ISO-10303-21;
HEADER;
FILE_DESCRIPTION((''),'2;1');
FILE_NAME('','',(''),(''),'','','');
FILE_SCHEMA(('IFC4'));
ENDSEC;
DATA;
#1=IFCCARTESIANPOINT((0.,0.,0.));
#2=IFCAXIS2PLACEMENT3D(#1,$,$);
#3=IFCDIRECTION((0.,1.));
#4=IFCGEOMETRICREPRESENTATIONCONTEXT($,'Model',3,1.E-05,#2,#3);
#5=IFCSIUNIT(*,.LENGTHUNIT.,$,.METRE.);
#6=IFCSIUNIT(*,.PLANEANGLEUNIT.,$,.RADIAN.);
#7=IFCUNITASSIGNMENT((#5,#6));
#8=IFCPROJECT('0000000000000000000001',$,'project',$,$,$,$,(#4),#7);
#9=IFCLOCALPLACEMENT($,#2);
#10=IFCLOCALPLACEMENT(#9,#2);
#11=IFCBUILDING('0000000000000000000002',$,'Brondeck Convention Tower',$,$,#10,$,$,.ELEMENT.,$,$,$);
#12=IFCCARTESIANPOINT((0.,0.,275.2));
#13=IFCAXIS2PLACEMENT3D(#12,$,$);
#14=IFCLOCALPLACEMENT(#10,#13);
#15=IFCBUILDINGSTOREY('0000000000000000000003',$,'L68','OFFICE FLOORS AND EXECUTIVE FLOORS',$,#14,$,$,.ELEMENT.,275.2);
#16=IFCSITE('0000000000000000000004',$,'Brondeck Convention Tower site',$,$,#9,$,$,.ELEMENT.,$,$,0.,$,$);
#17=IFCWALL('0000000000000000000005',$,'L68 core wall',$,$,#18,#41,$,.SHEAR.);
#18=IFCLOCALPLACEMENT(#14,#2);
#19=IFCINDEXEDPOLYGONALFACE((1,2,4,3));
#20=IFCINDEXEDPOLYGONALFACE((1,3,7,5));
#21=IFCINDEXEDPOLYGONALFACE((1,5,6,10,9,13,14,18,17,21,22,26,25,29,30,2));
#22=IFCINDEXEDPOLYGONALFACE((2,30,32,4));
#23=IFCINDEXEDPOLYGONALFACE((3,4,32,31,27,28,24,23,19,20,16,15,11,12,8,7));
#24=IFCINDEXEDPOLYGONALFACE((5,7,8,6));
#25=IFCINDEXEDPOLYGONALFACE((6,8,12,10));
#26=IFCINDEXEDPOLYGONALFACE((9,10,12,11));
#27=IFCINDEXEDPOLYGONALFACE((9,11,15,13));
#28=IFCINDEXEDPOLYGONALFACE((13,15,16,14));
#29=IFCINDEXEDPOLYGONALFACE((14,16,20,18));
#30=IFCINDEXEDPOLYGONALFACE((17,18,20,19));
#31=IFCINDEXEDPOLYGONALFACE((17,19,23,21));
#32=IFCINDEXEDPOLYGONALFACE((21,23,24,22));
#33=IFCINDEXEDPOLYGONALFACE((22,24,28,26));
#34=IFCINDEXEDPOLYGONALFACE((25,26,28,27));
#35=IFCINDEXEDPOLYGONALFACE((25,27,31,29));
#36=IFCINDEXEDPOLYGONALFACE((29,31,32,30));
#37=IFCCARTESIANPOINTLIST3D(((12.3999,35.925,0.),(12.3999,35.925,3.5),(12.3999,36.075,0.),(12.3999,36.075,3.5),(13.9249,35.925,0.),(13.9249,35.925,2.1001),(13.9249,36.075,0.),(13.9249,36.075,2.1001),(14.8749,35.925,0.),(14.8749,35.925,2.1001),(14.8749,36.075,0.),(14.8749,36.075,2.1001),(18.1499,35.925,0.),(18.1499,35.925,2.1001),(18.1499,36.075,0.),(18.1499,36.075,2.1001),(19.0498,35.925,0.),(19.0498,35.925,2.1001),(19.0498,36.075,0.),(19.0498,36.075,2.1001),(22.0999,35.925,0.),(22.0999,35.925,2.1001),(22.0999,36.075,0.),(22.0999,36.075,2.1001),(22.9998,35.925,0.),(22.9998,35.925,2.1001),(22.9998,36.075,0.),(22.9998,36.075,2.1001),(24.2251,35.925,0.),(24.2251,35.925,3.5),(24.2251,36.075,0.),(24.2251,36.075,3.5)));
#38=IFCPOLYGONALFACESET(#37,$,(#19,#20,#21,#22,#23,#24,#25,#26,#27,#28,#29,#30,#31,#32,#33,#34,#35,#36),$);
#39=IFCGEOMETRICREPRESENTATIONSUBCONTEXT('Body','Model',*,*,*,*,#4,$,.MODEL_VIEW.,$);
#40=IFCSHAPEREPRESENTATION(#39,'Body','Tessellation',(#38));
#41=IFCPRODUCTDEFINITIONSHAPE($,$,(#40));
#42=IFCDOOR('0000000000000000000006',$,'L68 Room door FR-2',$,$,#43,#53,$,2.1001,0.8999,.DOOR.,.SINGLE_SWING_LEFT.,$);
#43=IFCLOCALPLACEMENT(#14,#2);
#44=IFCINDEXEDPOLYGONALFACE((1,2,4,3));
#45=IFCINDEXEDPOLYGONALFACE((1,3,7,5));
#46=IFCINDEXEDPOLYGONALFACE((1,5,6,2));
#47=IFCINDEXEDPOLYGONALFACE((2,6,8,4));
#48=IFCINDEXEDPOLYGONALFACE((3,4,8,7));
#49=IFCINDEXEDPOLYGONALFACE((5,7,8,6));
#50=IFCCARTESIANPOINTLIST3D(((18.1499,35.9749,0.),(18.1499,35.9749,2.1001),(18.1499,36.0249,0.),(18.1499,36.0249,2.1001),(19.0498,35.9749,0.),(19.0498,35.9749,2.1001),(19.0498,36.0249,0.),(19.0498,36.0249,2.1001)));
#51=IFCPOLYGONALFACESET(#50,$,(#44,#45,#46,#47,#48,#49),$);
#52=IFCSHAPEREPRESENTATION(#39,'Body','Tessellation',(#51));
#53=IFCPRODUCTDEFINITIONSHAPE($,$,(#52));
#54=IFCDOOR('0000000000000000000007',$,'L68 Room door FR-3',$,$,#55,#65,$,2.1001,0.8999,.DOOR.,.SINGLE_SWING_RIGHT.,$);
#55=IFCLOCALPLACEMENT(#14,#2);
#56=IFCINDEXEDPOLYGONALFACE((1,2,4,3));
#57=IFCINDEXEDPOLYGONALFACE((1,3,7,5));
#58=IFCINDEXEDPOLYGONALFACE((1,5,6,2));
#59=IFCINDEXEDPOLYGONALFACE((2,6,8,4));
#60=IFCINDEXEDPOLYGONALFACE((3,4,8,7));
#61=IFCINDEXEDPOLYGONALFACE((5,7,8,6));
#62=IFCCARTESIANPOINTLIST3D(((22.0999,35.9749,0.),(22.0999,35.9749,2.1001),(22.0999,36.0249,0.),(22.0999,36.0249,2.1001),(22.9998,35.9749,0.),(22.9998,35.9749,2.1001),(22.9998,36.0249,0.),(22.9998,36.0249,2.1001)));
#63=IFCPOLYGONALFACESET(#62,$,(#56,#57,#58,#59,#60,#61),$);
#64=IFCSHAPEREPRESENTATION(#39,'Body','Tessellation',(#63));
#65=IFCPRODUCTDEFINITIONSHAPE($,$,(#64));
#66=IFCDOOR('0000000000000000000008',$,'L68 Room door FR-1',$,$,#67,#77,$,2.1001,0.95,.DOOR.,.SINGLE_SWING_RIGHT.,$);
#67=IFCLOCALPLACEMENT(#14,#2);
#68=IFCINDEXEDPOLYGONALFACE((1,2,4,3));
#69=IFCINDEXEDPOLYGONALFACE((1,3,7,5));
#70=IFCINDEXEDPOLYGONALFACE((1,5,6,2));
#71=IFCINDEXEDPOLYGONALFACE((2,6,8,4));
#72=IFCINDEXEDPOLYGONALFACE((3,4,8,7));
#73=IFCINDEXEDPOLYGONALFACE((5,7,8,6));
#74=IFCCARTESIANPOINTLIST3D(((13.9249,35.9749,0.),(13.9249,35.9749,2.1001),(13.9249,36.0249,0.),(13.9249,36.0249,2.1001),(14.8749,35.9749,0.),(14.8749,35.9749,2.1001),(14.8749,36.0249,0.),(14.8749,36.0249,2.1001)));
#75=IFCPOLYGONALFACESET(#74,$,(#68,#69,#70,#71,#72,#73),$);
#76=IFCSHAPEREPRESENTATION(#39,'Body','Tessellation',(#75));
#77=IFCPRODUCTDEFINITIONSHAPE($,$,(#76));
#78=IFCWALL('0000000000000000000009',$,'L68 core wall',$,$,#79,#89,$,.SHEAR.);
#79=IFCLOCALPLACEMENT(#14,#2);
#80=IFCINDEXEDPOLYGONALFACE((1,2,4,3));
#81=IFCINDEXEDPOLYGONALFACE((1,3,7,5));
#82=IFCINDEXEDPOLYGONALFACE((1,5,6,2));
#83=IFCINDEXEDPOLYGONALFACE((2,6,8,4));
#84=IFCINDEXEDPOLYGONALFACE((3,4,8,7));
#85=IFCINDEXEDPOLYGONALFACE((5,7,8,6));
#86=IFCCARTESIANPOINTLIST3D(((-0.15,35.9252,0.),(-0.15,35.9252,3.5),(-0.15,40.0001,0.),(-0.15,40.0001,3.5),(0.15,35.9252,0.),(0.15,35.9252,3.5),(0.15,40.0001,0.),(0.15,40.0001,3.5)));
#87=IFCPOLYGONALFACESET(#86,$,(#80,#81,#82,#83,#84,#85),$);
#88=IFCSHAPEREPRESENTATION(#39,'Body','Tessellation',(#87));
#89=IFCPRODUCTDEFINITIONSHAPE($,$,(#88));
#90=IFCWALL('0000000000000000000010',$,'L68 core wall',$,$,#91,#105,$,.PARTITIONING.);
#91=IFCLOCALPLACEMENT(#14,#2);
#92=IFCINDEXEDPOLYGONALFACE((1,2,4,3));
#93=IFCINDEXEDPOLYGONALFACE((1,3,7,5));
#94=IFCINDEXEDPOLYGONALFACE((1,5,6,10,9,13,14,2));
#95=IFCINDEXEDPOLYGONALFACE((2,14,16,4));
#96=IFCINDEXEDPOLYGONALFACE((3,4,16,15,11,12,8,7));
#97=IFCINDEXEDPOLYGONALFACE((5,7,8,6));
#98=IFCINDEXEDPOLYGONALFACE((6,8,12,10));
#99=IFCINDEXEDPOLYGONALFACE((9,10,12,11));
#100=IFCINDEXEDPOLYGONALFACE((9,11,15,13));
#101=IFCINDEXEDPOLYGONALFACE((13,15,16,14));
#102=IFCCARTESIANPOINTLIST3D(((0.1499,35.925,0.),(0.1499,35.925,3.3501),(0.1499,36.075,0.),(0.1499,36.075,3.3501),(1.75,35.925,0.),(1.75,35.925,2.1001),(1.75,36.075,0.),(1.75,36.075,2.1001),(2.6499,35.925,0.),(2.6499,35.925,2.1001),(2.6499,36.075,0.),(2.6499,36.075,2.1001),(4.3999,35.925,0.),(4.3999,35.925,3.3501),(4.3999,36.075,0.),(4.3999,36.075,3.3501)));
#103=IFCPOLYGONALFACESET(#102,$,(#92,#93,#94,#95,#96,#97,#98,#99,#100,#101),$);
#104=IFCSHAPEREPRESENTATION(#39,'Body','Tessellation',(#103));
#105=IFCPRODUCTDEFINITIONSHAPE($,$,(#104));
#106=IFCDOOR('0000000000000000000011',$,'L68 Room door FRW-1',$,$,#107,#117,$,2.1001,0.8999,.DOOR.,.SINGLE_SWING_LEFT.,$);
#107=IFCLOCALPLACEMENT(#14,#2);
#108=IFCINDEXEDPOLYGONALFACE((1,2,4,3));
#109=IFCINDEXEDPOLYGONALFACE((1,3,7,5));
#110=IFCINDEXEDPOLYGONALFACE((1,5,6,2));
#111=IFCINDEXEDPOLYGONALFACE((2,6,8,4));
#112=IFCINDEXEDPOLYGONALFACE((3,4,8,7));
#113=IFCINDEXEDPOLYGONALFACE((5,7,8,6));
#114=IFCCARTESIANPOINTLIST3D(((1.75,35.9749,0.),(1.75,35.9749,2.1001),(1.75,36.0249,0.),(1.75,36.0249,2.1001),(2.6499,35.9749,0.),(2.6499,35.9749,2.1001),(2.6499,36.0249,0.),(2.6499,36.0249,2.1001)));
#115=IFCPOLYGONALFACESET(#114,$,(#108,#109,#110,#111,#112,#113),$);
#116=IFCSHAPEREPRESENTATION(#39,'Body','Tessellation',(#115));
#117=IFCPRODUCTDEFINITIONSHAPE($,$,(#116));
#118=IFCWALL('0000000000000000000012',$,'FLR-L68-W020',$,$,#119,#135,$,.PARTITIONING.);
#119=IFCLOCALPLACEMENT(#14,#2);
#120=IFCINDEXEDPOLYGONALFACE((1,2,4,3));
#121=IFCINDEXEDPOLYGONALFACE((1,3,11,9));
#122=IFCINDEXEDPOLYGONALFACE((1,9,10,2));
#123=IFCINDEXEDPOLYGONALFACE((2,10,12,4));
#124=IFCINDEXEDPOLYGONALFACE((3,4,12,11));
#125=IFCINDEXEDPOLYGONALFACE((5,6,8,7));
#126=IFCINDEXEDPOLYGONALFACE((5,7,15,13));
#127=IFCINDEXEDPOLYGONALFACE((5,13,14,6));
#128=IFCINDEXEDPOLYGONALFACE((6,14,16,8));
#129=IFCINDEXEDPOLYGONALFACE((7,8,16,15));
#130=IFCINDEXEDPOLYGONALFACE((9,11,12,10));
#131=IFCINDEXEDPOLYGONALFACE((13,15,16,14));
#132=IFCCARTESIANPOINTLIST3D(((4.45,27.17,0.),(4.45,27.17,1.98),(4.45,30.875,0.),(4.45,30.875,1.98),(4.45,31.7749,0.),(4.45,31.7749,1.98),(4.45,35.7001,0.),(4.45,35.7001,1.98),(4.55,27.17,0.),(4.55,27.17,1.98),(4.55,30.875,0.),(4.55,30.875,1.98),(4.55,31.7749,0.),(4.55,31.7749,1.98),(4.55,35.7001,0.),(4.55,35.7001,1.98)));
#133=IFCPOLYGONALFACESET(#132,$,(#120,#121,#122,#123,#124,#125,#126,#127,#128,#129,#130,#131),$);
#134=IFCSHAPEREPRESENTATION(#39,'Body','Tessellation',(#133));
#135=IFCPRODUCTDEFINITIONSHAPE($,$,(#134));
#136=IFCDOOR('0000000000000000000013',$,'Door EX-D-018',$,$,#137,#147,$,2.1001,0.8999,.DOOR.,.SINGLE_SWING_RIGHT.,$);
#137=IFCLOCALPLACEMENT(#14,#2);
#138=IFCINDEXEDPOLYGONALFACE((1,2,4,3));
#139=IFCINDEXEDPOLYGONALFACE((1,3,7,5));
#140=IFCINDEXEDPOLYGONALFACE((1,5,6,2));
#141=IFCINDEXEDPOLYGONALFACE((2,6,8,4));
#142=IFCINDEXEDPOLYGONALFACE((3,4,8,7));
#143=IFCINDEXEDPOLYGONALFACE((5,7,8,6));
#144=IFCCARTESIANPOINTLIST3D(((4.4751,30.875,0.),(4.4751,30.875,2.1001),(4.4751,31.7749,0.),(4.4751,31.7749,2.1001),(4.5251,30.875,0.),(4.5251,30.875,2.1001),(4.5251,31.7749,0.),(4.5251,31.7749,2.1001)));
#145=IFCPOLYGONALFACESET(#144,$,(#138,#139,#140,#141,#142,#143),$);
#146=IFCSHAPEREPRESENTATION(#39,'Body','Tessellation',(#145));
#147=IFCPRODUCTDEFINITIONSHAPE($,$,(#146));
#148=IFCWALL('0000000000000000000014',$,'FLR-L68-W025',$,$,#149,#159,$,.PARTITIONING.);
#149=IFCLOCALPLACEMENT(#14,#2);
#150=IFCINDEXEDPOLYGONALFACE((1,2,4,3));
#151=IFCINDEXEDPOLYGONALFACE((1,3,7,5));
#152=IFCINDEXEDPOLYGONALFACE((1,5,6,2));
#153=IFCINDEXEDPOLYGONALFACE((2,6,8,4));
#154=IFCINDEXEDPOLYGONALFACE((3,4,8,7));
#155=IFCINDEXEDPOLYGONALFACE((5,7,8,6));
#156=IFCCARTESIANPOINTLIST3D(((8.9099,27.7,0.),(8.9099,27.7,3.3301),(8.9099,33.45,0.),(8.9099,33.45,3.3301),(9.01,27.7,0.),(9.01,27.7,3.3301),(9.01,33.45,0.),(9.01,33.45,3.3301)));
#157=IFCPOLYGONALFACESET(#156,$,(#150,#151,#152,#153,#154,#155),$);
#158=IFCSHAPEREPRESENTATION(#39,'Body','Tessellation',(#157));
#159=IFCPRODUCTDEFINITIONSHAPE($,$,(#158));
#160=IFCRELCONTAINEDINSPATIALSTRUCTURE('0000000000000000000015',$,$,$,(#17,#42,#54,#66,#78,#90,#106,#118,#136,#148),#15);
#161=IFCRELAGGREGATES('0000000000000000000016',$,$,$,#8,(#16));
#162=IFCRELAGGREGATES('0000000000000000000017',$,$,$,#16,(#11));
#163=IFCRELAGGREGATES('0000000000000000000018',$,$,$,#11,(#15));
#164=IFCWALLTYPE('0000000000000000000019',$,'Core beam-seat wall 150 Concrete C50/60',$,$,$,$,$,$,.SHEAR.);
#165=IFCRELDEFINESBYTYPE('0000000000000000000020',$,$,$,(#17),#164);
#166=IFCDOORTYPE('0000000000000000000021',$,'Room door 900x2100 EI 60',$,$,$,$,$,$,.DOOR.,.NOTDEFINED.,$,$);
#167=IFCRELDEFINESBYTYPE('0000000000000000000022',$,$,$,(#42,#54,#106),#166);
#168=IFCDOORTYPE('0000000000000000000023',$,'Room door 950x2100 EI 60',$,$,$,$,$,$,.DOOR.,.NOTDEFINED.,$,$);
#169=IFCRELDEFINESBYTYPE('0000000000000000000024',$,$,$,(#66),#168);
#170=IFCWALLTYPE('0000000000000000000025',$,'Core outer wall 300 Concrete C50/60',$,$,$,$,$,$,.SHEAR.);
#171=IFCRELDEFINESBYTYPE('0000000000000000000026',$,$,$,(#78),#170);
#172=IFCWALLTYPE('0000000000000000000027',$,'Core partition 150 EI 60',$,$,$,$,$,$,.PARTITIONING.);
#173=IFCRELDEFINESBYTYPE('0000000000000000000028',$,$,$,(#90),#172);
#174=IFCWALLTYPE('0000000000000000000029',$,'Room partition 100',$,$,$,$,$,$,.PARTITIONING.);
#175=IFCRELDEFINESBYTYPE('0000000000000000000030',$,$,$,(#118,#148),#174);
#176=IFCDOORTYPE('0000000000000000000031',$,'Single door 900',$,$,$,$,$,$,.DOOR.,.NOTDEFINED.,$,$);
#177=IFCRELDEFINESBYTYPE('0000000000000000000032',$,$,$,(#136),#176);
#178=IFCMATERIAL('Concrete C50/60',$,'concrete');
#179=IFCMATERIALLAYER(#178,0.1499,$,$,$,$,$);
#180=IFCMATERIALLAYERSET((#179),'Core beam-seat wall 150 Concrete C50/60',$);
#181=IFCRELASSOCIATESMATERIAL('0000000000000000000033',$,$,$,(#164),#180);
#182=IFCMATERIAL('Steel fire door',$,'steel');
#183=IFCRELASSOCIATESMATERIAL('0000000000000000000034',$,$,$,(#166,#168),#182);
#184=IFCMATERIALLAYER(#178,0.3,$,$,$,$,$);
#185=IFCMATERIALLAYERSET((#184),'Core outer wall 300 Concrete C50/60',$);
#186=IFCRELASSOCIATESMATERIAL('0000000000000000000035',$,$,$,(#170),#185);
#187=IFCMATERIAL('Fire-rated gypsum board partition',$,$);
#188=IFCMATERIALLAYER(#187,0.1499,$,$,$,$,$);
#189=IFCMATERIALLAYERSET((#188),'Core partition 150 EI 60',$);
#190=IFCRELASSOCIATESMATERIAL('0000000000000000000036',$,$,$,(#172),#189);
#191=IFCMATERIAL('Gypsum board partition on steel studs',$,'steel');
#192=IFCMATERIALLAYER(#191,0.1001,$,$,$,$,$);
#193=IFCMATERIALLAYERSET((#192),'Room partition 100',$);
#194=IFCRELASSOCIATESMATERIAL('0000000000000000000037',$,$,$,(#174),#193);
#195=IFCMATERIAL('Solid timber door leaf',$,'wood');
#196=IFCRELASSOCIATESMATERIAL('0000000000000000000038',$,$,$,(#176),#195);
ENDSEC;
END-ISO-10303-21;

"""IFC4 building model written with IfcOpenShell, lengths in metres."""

from ifc_helpers import new_model, si_unit, direction, frame, frame_2d, origin, place, context, subcontext, project, spatial, rectangle, extrude, material, layer, layer_set, type_object, element, fill, save


model = new_model("IFC4")

# Units and contexts
model_context = context("Model", 3, precision=1e-05, world=origin(), true_north=direction((0.0, 1.0)))
body_context = subcontext(model_context, "Body", "Model", "MODEL_VIEW")
ifc_project = project(units=[si_unit("LENGTHUNIT", "METRE"), si_unit("PLANEANGLEUNIT", "RADIAN")], contexts=[model_context])

# Site, building, storey
site_placement = place(None, origin())
site = spatial("IfcSite", under=ifc_project, at=site_placement, Name="Brondeck Convention Tower site", CompositionType="ELEMENT", RefElevation=0.0)
building_placement = place(site_placement, origin())
building = spatial("IfcBuilding", under=site, at=building_placement, Name="Brondeck Convention Tower", CompositionType="ELEMENT")
storey_placement = place(building_placement, frame((0.0, 0.0, 275.2)))
storey = spatial("IfcBuildingStorey", under=building, at=storey_placement, Name="L68", Description="OFFICE FLOORS AND EXECUTIVE FLOORS", CompositionType="ELEMENT", Elevation=275.2)

# Shared definitions
ifc_material_1 = material(Name="Concrete C50/60", Category="concrete")

# Wall, openings, doors
ifc_layer_1 = layer(ifc_material_1, 0.1499)
ifc_layer_set_1 = layer_set([ifc_layer_1], Name="Core beam-seat wall 150 Concrete C50/60")
wall_type_1 = type_object("IfcWallType", Name="Core beam-seat wall 150 Concrete C50/60", PredefinedType="SHEAR", material=ifc_layer_set_1)
wall_1_placement = place(storey_placement, frame((12.3999, 36.0, 0.0), z_axis=(0.0, 0.0, 1.0), x_axis=(1.0, 0.0, 0.0)))
wall_1 = element("IfcWall", 1, at=wall_1_placement, inside=storey, type_object=wall_type_1, Name="L68 core wall", PredefinedType="SHEAR", context=body_context, shape_type="SweptSolid", body=[
    extrude(rectangle(XDim=11.8252, YDim=0.1499, at=frame_2d((5.9126, 0.0))), origin(), (0.0, 0.0, 1.0), 3.5),
])
opening_1_placement = place(wall_1_placement, frame((1.5249, 0.0, 0.0)))
opening_1 = element("IfcOpeningElement", 2, at=opening_1_placement, cuts=wall_1, PredefinedType="OPENING", context=body_context, shape_type="SweptSolid", body=[
    extrude(rectangle(XDim=0.95, YDim=2.1001, at=frame_2d((0.4751, 1.05))), frame((0.0, 0.085, 0.0), z_axis=(0.0, -1.0, 0.0), x_axis=(1.0, 0.0, 0.0)), (0.0, 0.0, 1.0), 0.1699),
])
opening_2_placement = place(wall_1_placement, frame((5.75, 0.0, 0.0)))
opening_2 = element("IfcOpeningElement", 3, at=opening_2_placement, cuts=wall_1, PredefinedType="OPENING", context=body_context, shape_type="SweptSolid", body=[
    extrude(rectangle(XDim=0.8999, YDim=2.1001, at=frame_2d((0.45, 1.05))), frame((0.0, 0.085, 0.0), z_axis=(0.0, -1.0, 0.0), x_axis=(1.0, 0.0, 0.0)), (0.0, 0.0, 1.0), 0.1699),
])
opening_3_placement = place(wall_1_placement, frame((9.7, 0.0, 0.0)))
opening_3 = element("IfcOpeningElement", 4, at=opening_3_placement, cuts=wall_1, PredefinedType="OPENING", context=body_context, shape_type="SweptSolid", body=[
    extrude(rectangle(XDim=0.8999, YDim=2.1001, at=frame_2d((0.45, 1.05))), frame((0.0, 0.085, 0.0), z_axis=(0.0, -1.0, 0.0), x_axis=(1.0, 0.0, 0.0)), (0.0, 0.0, 1.0), 0.1699),
])
ifc_material_2 = material(Name="Steel fire door", Category="steel")
door_type_1 = type_object("IfcDoorType", Name="Room door 900x2100 EI 60", OperationType="NOTDEFINED", PredefinedType="DOOR", material=ifc_material_2)
door_1_placement = place(opening_2_placement, origin())
door_1 = element("IfcDoor", 5, at=door_1_placement, inside=storey, type_object=door_type_1, Name="L68 Room door FR-2", OperationType="SINGLE_SWING_LEFT", OverallHeight=2.1001, OverallWidth=0.8999, PredefinedType="DOOR", context=body_context, shape_type="SweptSolid", body=[
    extrude(rectangle(XDim=0.8999, YDim=2.1001, at=frame_2d((0.45, 1.05))), frame((0.0, 0.0249, 0.0), z_axis=(0.0, -1.0, 0.0), x_axis=(1.0, 0.0, 0.0)), (0.0, 0.0, 1.0), 0.05),
])
fill(opening_2, door_1)
door_2_placement = place(opening_3_placement, origin())
door_2 = element("IfcDoor", 6, at=door_2_placement, inside=storey, type_object=door_type_1, Name="L68 Room door FR-3", OperationType="SINGLE_SWING_RIGHT", OverallHeight=2.1001, OverallWidth=0.8999, PredefinedType="DOOR", context=body_context, shape_type="SweptSolid", body=[
    extrude(rectangle(XDim=0.8999, YDim=2.1001, at=frame_2d((0.45, 1.05))), frame((0.0, 0.0249, 0.0), z_axis=(0.0, -1.0, 0.0), x_axis=(1.0, 0.0, 0.0)), (0.0, 0.0, 1.0), 0.05),
])
fill(opening_3, door_2)
door_type_2 = type_object("IfcDoorType", Name="Room door 950x2100 EI 60", OperationType="NOTDEFINED", PredefinedType="DOOR", material=ifc_material_2)
door_3_placement = place(opening_1_placement, origin())
door_3 = element("IfcDoor", 7, at=door_3_placement, inside=storey, type_object=door_type_2, Name="L68 Room door FR-1", OperationType="SINGLE_SWING_RIGHT", OverallHeight=2.1001, OverallWidth=0.95, PredefinedType="DOOR", context=body_context, shape_type="SweptSolid", body=[
    extrude(rectangle(XDim=0.95, YDim=2.1001, at=frame_2d((0.4751, 1.05))), frame((0.0, 0.0249, 0.0), z_axis=(0.0, -1.0, 0.0), x_axis=(1.0, 0.0, 0.0)), (0.0, 0.0, 1.0), 0.05),
])
fill(opening_1, door_3)

# Wall
ifc_layer_2 = layer(ifc_material_1, 0.3)
ifc_layer_set_2 = layer_set([ifc_layer_2], Name="Core outer wall 300 Concrete C50/60")
wall_type_2 = type_object("IfcWallType", Name="Core outer wall 300 Concrete C50/60", PredefinedType="SHEAR", material=ifc_layer_set_2)
wall_2_placement = place(storey_placement, frame((0.0, 35.925, 0.0), z_axis=(0.0, 0.0, 1.0), x_axis=(0.0, 1.0, 0.0)))
element("IfcWall", 8, at=wall_2_placement, inside=storey, type_object=wall_type_2, Name="L68 core wall", PredefinedType="SHEAR", context=body_context, shape_type="SweptSolid", body=[
    extrude(rectangle(XDim=4.075, YDim=0.3, at=frame_2d((2.0376, 0.0))), origin(), (0.0, 0.0, 1.0), 3.5),
])

# Walls, openings, doors
ifc_material_3 = material(Name="Fire-rated gypsum board partition")
ifc_layer_3 = layer(ifc_material_3, 0.1499)
ifc_layer_set_3 = layer_set([ifc_layer_3], Name="Core partition 150 EI 60")
wall_type_3 = type_object("IfcWallType", Name="Core partition 150 EI 60", PredefinedType="PARTITIONING", material=ifc_layer_set_3)
wall_3_placement = place(storey_placement, frame((0.1499, 36.0, 0.0), z_axis=(0.0, 0.0, 1.0), x_axis=(1.0, 0.0, 0.0)))
wall_3 = element("IfcWall", 9, at=wall_3_placement, inside=storey, type_object=wall_type_3, Name="L68 core wall", PredefinedType="PARTITIONING", context=body_context, shape_type="SweptSolid", body=[
    extrude(rectangle(XDim=4.25, YDim=0.1499, at=frame_2d((2.125, 0.0))), origin(), (0.0, 0.0, 1.0), 3.3501),
])
opening_4_placement = place(wall_3_placement, frame((1.6001, 0.0, 0.0)))
opening_4 = element("IfcOpeningElement", 10, at=opening_4_placement, cuts=wall_3, PredefinedType="OPENING", context=body_context, shape_type="SweptSolid", body=[
    extrude(rectangle(XDim=0.8999, YDim=2.1001, at=frame_2d((0.45, 1.05))), frame((0.0, 0.085, 0.0), z_axis=(0.0, -1.0, 0.0), x_axis=(1.0, 0.0, 0.0)), (0.0, 0.0, 1.0), 0.1699),
])
door_4_placement = place(opening_4_placement, origin())
door_4 = element("IfcDoor", 11, at=door_4_placement, inside=storey, type_object=door_type_1, Name="L68 Room door FRW-1", OperationType="SINGLE_SWING_LEFT", OverallHeight=2.1001, OverallWidth=0.8999, PredefinedType="DOOR", context=body_context, shape_type="SweptSolid", body=[
    extrude(rectangle(XDim=0.8999, YDim=2.1001, at=frame_2d((0.45, 1.05))), frame((0.0, 0.0249, 0.0), z_axis=(0.0, -1.0, 0.0), x_axis=(1.0, 0.0, 0.0)), (0.0, 0.0, 1.0), 0.05),
])
fill(opening_4, door_4)
ifc_material_4 = material(Name="Gypsum board partition on steel studs", Category="steel")
ifc_layer_4 = layer(ifc_material_4, 0.1001)
ifc_layer_set_4 = layer_set([ifc_layer_4], Name="Room partition 100")
wall_type_4 = type_object("IfcWallType", Name="Room partition 100", PredefinedType="PARTITIONING", material=ifc_layer_set_4)
wall_4_placement = place(storey_placement, frame((4.5, 27.1699, 0.0), z_axis=(0.0, 0.0, 1.0), x_axis=(0.0, 1.0, 0.0)))
wall_4 = element("IfcWall", 12, at=wall_4_placement, inside=storey, type_object=wall_type_4, Name="FLR-L68-W020", PredefinedType="PARTITIONING", context=body_context, shape_type="SweptSolid", body=[
    extrude(rectangle(XDim=8.53, YDim=0.1001, at=frame_2d((4.2651, 0.0))), origin(), (0.0, 0.0, 1.0), 1.98),
])
opening_5_placement = place(wall_4_placement, frame((3.7051, 0.0, 0.0)))
opening_5 = element("IfcOpeningElement", 13, at=opening_5_placement, cuts=wall_4, PredefinedType="OPENING", context=body_context, shape_type="SweptSolid", body=[
    extrude(rectangle(XDim=0.8999, YDim=2.1001, at=frame_2d((0.45, 1.05))), frame((0.0, 0.0601, 0.0), z_axis=(0.0, -1.0, 0.0), x_axis=(1.0, 0.0, 0.0)), (0.0, 0.0, 1.0), 0.1201),
])
ifc_material_5 = material(Name="Solid timber door leaf", Category="wood")
door_type_3 = type_object("IfcDoorType", Name="Single door 900", OperationType="NOTDEFINED", PredefinedType="DOOR", material=ifc_material_5)
door_5_placement = place(opening_5_placement, origin())
door_5 = element("IfcDoor", 14, at=door_5_placement, inside=storey, type_object=door_type_3, Name="Door EX-D-018", OperationType="SINGLE_SWING_RIGHT", OverallHeight=2.1001, OverallWidth=0.8999, PredefinedType="DOOR", context=body_context, shape_type="SweptSolid", body=[
    extrude(rectangle(XDim=0.8999, YDim=2.1001, at=frame_2d((0.45, 1.05))), frame((0.0, 0.0249, 0.0), z_axis=(0.0, -1.0, 0.0), x_axis=(1.0, 0.0, 0.0)), (0.0, 0.0, 1.0), 0.05),
])
fill(opening_5, door_5)

# Wall
wall_5_placement = place(storey_placement, frame((8.96, 33.45, 0.0), z_axis=(0.0, 0.0, 1.0), x_axis=(0.0, -1.0, 0.0)))
element("IfcWall", 15, at=wall_5_placement, inside=storey, type_object=wall_type_4, Name="FLR-L68-W025", PredefinedType="PARTITIONING", context=body_context, shape_type="SweptSolid", body=[
    extrude(rectangle(XDim=5.75, YDim=0.1001, at=frame_2d((2.875, 0.0))), origin(), (0.0, 0.0, 1.0), 3.3301),
])

save(model, "model.ifc")
